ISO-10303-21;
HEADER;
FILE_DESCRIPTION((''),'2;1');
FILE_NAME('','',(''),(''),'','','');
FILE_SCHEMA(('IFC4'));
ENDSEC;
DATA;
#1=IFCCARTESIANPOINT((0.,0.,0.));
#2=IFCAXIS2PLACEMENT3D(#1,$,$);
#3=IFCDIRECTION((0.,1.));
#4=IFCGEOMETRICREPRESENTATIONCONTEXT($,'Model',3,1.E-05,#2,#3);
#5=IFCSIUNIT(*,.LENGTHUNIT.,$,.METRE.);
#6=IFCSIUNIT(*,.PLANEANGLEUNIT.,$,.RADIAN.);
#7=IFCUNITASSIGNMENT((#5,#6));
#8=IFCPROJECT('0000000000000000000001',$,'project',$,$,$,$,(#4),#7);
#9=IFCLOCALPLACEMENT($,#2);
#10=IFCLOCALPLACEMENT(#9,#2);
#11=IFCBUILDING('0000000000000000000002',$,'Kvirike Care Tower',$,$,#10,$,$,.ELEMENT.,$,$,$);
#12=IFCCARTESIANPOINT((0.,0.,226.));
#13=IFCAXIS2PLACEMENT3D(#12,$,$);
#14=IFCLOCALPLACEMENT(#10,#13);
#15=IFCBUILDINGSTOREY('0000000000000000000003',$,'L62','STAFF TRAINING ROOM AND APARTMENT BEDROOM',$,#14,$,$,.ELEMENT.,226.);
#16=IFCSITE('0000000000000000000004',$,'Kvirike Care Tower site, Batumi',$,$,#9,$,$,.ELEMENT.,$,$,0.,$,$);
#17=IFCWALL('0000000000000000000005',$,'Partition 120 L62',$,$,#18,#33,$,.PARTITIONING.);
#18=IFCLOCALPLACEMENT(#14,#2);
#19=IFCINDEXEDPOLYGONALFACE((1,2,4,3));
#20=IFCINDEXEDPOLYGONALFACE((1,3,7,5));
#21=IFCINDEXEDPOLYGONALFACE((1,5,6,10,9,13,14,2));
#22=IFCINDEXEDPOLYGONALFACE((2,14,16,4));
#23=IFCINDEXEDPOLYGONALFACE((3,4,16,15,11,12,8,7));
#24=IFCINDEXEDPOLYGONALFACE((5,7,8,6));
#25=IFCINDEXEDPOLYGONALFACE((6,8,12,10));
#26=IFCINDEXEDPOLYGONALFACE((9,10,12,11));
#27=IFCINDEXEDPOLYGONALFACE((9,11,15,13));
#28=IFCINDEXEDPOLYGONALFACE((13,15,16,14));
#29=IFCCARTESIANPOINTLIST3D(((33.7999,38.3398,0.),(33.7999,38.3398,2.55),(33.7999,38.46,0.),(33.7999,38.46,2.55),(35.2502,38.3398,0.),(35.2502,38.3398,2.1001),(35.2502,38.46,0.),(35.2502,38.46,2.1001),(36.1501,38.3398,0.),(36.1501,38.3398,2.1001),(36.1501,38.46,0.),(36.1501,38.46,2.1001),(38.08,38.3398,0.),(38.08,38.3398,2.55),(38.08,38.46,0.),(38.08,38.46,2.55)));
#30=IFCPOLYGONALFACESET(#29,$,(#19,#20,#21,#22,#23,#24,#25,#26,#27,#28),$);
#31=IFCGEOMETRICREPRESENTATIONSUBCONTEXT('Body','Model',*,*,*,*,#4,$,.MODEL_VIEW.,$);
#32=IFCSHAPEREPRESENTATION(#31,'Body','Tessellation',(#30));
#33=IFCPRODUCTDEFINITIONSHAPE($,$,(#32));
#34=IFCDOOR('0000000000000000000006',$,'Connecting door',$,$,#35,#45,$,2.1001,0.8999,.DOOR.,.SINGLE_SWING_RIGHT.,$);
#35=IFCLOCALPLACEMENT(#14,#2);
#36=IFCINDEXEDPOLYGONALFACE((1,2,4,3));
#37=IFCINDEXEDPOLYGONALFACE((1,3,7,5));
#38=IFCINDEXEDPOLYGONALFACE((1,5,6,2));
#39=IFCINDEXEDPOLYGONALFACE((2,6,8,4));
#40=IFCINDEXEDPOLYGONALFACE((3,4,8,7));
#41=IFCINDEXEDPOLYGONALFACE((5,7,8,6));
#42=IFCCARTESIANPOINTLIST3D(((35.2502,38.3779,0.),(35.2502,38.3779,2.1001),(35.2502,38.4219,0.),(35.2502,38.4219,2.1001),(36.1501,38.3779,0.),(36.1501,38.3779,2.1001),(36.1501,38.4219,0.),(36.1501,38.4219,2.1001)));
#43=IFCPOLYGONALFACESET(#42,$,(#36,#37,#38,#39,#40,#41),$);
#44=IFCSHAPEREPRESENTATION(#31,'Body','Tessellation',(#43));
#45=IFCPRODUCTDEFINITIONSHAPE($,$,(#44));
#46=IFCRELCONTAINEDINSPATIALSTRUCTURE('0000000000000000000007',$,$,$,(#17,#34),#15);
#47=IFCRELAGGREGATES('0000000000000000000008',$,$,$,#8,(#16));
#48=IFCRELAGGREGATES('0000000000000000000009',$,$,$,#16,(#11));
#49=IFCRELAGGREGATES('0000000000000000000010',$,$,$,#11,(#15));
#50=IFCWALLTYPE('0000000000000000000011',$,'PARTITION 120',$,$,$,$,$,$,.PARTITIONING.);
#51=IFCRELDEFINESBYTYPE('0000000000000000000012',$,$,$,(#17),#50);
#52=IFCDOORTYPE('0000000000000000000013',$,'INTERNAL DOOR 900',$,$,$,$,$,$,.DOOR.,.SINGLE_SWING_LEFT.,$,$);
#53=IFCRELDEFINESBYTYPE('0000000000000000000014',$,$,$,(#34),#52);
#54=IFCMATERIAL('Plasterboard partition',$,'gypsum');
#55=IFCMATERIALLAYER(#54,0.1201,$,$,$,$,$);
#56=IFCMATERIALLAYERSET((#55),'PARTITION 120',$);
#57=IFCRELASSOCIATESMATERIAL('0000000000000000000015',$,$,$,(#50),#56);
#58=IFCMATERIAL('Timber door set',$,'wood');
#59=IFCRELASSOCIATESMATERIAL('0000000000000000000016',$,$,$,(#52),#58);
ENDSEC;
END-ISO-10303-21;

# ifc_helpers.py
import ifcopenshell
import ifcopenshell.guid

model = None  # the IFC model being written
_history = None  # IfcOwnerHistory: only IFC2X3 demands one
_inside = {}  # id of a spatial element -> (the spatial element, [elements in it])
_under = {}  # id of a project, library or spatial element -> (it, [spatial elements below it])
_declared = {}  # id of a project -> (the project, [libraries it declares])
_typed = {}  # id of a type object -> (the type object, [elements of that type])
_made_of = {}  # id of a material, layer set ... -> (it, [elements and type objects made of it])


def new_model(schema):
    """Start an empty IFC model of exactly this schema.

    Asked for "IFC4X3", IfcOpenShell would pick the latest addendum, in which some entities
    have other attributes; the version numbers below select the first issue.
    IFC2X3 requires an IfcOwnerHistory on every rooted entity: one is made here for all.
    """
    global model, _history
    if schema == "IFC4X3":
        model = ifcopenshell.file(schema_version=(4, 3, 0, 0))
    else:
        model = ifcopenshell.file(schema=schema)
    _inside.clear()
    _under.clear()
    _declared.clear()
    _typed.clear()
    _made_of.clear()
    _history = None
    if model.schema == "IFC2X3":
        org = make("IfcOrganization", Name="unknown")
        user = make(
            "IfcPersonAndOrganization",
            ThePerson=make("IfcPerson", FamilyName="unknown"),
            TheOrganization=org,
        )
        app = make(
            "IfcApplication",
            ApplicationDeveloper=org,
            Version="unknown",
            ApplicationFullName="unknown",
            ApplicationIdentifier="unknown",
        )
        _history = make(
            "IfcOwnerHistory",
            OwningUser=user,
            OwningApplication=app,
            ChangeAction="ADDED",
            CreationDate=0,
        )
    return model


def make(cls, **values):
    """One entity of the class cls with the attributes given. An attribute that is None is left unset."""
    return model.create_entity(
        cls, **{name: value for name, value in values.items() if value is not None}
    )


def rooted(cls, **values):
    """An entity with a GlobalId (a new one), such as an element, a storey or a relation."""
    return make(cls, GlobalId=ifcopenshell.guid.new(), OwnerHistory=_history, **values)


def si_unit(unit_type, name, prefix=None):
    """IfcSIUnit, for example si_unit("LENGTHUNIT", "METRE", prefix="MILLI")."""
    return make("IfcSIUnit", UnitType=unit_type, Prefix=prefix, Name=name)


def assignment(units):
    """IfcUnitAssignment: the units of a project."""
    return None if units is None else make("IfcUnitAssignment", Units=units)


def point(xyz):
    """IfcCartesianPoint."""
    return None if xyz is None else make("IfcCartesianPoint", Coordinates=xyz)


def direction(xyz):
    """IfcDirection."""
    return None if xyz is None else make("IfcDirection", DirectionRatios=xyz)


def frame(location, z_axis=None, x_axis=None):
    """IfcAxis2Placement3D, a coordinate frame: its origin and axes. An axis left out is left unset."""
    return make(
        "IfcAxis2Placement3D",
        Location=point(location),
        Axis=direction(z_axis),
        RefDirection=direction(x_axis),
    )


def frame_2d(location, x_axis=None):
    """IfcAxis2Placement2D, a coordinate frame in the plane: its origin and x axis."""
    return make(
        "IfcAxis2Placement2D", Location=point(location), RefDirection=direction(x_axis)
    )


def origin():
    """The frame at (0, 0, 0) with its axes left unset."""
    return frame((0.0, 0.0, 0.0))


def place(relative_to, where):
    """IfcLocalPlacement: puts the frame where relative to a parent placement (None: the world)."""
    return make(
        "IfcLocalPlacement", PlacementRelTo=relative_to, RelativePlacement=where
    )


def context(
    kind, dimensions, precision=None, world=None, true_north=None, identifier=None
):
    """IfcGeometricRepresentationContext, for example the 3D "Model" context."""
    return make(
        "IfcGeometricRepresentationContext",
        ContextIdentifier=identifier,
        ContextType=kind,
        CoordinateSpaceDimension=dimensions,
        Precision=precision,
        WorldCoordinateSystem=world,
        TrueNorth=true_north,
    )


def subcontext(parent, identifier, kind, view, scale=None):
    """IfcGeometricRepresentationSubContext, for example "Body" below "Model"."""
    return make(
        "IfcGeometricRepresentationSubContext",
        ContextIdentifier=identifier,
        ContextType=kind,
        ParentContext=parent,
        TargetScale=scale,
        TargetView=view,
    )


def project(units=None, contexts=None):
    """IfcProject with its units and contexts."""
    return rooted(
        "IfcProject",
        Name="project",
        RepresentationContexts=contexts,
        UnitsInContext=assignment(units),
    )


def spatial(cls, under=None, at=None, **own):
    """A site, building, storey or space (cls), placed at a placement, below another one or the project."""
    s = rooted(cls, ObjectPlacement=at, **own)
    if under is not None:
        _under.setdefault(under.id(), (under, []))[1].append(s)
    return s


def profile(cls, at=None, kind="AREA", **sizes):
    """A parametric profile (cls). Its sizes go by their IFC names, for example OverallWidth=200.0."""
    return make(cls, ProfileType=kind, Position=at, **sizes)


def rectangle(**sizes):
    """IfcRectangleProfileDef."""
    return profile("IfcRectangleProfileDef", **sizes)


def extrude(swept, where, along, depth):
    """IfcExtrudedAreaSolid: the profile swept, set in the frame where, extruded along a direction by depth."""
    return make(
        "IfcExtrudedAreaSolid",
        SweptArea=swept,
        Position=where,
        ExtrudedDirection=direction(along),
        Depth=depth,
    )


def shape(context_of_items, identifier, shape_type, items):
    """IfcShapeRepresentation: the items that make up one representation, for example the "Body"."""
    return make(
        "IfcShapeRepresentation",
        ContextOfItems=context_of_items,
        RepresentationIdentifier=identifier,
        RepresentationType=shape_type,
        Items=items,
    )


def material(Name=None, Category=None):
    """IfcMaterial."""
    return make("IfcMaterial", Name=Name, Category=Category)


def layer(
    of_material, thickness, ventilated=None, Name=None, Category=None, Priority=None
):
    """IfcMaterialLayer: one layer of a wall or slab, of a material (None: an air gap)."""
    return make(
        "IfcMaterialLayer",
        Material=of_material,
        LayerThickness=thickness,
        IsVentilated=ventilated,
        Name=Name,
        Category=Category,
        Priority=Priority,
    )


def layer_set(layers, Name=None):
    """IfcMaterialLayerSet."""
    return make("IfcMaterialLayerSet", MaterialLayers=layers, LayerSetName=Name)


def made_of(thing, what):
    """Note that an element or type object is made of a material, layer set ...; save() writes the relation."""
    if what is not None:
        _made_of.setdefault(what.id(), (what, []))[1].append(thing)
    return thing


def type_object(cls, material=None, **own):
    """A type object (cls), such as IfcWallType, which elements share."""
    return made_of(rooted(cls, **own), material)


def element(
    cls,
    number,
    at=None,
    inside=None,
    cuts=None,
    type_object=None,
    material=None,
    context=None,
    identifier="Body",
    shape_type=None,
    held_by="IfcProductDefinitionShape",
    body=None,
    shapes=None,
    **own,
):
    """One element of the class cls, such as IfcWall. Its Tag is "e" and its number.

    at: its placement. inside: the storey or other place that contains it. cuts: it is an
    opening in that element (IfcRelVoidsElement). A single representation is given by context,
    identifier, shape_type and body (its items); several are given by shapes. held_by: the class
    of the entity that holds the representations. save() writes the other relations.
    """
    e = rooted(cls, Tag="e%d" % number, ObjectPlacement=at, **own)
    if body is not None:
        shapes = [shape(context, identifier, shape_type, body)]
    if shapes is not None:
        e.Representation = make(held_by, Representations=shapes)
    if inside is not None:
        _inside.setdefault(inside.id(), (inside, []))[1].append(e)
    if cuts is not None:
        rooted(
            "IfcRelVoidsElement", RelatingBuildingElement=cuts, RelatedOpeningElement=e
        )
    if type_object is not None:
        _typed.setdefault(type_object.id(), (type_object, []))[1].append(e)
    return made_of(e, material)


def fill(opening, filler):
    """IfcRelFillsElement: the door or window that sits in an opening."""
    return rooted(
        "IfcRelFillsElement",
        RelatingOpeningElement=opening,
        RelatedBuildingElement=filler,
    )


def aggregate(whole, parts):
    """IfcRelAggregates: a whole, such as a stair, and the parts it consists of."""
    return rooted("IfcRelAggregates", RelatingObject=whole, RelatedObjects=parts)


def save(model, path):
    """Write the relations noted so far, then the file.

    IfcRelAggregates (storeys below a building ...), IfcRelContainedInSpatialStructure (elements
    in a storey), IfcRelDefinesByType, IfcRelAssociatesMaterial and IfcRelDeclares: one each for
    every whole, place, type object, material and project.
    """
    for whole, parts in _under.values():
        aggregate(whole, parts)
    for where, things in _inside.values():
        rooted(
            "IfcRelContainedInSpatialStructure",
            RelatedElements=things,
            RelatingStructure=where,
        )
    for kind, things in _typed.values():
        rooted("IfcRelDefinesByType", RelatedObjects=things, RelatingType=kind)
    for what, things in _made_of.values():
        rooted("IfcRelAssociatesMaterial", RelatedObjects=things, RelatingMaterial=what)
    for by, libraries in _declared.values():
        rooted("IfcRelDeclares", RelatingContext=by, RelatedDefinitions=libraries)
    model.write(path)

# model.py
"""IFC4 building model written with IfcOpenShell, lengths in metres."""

from ifc_helpers import new_model, si_unit, direction, frame, frame_2d, origin, place, context, subcontext, project, spatial, rectangle, extrude, material, layer, layer_set, type_object, element, fill, save


model = new_model("IFC4")

# Units and contexts
model_context = context("Model", 3, precision=1e-05, world=origin(), true_north=direction((0.0, 1.0)))
body_context = subcontext(model_context, "Body", "Model", "MODEL_VIEW")
ifc_project = project(units=[si_unit("LENGTHUNIT", "METRE"), si_unit("PLANEANGLEUNIT", "RADIAN")], contexts=[model_context])

# Site, building, storey
site_placement = place(None, origin())
site = spatial("IfcSite", under=ifc_project, at=site_placement, Name="Kvirike Care Tower site, Batumi", CompositionType="ELEMENT", RefElevation=0.0)
building_placement = place(site_placement, origin())
building = spatial("IfcBuilding", under=site, at=building_placement, Name="Kvirike Care Tower", CompositionType="ELEMENT")
storey_placement = place(building_placement, frame((0.0, 0.0, 226.0)))
storey = spatial("IfcBuildingStorey", under=building, at=storey_placement, Name="L62", Description="STAFF TRAINING ROOM AND APARTMENT BEDROOM", CompositionType="ELEMENT", Elevation=226.0)

# Wall, opening, door
ifc_material_1 = material(Name="Plasterboard partition", Category="gypsum")
ifc_layer_1 = layer(ifc_material_1, 0.1201)
ifc_layer_set_1 = layer_set([ifc_layer_1], Name="PARTITION 120")
wall_type = type_object("IfcWallType", Name="PARTITION 120", PredefinedType="PARTITIONING", material=ifc_layer_set_1)
wall_placement = place(storey_placement, frame((38.0801, 38.3999, 0.0), z_axis=(0.0, 0.0, 1.0), x_axis=(-1.0, 0.0, 0.0)))
wall = element("IfcWall", 1, at=wall_placement, inside=storey, type_object=wall_type, Name="Partition 120 L62", PredefinedType="PARTITIONING", context=body_context, shape_type="SweptSolid", body=[
    extrude(rectangle(XDim=4.28, YDim=0.1201, at=frame_2d((2.1401, 0.0))), origin(), (0.0, 0.0, 1.0), 2.55),
])
opening_placement = place(wall_placement, frame((1.9299, 0.0, 0.0)))
opening = element("IfcOpeningElement", 2, at=opening_placement, cuts=wall, PredefinedType="OPENING", context=body_context, shape_type="SweptSolid", body=[
    extrude(rectangle(XDim=0.8999, YDim=2.1001, at=frame_2d((0.45, 1.05))), frame((0.0, 0.0706, 0.0), z_axis=(0.0, -1.0, 0.0), x_axis=(1.0, 0.0, 0.0)), (0.0, 0.0, 1.0), 0.1411),
])
ifc_material_2 = material(Name="Timber door set", Category="wood")
door_type = type_object("IfcDoorType", Name="INTERNAL DOOR 900", OperationType="SINGLE_SWING_LEFT", PredefinedType="DOOR", material=ifc_material_2)
door_placement = place(opening_placement, frame((0.8999, 0.0, 0.0), z_axis=(0.0, 0.0, 1.0), x_axis=(-1.0, 0.0, 0.0)))
door = element("IfcDoor", 3, at=door_placement, inside=storey, type_object=door_type, Name="Connecting door", OperationType="SINGLE_SWING_RIGHT", OverallHeight=2.1001, OverallWidth=0.8999, PredefinedType="DOOR", context=body_context, shape_type="SweptSolid", body=[
    extrude(rectangle(XDim=0.8999, YDim=2.1001, at=frame_2d((0.45, 1.05))), frame((0.0, 0.022, 0.0), z_axis=(0.0, -1.0, 0.0), x_axis=(1.0, 0.0, 0.0)), (0.0, 0.0, 1.0), 0.0439),
])
fill(opening, door)

save(model, "model.ifc")
